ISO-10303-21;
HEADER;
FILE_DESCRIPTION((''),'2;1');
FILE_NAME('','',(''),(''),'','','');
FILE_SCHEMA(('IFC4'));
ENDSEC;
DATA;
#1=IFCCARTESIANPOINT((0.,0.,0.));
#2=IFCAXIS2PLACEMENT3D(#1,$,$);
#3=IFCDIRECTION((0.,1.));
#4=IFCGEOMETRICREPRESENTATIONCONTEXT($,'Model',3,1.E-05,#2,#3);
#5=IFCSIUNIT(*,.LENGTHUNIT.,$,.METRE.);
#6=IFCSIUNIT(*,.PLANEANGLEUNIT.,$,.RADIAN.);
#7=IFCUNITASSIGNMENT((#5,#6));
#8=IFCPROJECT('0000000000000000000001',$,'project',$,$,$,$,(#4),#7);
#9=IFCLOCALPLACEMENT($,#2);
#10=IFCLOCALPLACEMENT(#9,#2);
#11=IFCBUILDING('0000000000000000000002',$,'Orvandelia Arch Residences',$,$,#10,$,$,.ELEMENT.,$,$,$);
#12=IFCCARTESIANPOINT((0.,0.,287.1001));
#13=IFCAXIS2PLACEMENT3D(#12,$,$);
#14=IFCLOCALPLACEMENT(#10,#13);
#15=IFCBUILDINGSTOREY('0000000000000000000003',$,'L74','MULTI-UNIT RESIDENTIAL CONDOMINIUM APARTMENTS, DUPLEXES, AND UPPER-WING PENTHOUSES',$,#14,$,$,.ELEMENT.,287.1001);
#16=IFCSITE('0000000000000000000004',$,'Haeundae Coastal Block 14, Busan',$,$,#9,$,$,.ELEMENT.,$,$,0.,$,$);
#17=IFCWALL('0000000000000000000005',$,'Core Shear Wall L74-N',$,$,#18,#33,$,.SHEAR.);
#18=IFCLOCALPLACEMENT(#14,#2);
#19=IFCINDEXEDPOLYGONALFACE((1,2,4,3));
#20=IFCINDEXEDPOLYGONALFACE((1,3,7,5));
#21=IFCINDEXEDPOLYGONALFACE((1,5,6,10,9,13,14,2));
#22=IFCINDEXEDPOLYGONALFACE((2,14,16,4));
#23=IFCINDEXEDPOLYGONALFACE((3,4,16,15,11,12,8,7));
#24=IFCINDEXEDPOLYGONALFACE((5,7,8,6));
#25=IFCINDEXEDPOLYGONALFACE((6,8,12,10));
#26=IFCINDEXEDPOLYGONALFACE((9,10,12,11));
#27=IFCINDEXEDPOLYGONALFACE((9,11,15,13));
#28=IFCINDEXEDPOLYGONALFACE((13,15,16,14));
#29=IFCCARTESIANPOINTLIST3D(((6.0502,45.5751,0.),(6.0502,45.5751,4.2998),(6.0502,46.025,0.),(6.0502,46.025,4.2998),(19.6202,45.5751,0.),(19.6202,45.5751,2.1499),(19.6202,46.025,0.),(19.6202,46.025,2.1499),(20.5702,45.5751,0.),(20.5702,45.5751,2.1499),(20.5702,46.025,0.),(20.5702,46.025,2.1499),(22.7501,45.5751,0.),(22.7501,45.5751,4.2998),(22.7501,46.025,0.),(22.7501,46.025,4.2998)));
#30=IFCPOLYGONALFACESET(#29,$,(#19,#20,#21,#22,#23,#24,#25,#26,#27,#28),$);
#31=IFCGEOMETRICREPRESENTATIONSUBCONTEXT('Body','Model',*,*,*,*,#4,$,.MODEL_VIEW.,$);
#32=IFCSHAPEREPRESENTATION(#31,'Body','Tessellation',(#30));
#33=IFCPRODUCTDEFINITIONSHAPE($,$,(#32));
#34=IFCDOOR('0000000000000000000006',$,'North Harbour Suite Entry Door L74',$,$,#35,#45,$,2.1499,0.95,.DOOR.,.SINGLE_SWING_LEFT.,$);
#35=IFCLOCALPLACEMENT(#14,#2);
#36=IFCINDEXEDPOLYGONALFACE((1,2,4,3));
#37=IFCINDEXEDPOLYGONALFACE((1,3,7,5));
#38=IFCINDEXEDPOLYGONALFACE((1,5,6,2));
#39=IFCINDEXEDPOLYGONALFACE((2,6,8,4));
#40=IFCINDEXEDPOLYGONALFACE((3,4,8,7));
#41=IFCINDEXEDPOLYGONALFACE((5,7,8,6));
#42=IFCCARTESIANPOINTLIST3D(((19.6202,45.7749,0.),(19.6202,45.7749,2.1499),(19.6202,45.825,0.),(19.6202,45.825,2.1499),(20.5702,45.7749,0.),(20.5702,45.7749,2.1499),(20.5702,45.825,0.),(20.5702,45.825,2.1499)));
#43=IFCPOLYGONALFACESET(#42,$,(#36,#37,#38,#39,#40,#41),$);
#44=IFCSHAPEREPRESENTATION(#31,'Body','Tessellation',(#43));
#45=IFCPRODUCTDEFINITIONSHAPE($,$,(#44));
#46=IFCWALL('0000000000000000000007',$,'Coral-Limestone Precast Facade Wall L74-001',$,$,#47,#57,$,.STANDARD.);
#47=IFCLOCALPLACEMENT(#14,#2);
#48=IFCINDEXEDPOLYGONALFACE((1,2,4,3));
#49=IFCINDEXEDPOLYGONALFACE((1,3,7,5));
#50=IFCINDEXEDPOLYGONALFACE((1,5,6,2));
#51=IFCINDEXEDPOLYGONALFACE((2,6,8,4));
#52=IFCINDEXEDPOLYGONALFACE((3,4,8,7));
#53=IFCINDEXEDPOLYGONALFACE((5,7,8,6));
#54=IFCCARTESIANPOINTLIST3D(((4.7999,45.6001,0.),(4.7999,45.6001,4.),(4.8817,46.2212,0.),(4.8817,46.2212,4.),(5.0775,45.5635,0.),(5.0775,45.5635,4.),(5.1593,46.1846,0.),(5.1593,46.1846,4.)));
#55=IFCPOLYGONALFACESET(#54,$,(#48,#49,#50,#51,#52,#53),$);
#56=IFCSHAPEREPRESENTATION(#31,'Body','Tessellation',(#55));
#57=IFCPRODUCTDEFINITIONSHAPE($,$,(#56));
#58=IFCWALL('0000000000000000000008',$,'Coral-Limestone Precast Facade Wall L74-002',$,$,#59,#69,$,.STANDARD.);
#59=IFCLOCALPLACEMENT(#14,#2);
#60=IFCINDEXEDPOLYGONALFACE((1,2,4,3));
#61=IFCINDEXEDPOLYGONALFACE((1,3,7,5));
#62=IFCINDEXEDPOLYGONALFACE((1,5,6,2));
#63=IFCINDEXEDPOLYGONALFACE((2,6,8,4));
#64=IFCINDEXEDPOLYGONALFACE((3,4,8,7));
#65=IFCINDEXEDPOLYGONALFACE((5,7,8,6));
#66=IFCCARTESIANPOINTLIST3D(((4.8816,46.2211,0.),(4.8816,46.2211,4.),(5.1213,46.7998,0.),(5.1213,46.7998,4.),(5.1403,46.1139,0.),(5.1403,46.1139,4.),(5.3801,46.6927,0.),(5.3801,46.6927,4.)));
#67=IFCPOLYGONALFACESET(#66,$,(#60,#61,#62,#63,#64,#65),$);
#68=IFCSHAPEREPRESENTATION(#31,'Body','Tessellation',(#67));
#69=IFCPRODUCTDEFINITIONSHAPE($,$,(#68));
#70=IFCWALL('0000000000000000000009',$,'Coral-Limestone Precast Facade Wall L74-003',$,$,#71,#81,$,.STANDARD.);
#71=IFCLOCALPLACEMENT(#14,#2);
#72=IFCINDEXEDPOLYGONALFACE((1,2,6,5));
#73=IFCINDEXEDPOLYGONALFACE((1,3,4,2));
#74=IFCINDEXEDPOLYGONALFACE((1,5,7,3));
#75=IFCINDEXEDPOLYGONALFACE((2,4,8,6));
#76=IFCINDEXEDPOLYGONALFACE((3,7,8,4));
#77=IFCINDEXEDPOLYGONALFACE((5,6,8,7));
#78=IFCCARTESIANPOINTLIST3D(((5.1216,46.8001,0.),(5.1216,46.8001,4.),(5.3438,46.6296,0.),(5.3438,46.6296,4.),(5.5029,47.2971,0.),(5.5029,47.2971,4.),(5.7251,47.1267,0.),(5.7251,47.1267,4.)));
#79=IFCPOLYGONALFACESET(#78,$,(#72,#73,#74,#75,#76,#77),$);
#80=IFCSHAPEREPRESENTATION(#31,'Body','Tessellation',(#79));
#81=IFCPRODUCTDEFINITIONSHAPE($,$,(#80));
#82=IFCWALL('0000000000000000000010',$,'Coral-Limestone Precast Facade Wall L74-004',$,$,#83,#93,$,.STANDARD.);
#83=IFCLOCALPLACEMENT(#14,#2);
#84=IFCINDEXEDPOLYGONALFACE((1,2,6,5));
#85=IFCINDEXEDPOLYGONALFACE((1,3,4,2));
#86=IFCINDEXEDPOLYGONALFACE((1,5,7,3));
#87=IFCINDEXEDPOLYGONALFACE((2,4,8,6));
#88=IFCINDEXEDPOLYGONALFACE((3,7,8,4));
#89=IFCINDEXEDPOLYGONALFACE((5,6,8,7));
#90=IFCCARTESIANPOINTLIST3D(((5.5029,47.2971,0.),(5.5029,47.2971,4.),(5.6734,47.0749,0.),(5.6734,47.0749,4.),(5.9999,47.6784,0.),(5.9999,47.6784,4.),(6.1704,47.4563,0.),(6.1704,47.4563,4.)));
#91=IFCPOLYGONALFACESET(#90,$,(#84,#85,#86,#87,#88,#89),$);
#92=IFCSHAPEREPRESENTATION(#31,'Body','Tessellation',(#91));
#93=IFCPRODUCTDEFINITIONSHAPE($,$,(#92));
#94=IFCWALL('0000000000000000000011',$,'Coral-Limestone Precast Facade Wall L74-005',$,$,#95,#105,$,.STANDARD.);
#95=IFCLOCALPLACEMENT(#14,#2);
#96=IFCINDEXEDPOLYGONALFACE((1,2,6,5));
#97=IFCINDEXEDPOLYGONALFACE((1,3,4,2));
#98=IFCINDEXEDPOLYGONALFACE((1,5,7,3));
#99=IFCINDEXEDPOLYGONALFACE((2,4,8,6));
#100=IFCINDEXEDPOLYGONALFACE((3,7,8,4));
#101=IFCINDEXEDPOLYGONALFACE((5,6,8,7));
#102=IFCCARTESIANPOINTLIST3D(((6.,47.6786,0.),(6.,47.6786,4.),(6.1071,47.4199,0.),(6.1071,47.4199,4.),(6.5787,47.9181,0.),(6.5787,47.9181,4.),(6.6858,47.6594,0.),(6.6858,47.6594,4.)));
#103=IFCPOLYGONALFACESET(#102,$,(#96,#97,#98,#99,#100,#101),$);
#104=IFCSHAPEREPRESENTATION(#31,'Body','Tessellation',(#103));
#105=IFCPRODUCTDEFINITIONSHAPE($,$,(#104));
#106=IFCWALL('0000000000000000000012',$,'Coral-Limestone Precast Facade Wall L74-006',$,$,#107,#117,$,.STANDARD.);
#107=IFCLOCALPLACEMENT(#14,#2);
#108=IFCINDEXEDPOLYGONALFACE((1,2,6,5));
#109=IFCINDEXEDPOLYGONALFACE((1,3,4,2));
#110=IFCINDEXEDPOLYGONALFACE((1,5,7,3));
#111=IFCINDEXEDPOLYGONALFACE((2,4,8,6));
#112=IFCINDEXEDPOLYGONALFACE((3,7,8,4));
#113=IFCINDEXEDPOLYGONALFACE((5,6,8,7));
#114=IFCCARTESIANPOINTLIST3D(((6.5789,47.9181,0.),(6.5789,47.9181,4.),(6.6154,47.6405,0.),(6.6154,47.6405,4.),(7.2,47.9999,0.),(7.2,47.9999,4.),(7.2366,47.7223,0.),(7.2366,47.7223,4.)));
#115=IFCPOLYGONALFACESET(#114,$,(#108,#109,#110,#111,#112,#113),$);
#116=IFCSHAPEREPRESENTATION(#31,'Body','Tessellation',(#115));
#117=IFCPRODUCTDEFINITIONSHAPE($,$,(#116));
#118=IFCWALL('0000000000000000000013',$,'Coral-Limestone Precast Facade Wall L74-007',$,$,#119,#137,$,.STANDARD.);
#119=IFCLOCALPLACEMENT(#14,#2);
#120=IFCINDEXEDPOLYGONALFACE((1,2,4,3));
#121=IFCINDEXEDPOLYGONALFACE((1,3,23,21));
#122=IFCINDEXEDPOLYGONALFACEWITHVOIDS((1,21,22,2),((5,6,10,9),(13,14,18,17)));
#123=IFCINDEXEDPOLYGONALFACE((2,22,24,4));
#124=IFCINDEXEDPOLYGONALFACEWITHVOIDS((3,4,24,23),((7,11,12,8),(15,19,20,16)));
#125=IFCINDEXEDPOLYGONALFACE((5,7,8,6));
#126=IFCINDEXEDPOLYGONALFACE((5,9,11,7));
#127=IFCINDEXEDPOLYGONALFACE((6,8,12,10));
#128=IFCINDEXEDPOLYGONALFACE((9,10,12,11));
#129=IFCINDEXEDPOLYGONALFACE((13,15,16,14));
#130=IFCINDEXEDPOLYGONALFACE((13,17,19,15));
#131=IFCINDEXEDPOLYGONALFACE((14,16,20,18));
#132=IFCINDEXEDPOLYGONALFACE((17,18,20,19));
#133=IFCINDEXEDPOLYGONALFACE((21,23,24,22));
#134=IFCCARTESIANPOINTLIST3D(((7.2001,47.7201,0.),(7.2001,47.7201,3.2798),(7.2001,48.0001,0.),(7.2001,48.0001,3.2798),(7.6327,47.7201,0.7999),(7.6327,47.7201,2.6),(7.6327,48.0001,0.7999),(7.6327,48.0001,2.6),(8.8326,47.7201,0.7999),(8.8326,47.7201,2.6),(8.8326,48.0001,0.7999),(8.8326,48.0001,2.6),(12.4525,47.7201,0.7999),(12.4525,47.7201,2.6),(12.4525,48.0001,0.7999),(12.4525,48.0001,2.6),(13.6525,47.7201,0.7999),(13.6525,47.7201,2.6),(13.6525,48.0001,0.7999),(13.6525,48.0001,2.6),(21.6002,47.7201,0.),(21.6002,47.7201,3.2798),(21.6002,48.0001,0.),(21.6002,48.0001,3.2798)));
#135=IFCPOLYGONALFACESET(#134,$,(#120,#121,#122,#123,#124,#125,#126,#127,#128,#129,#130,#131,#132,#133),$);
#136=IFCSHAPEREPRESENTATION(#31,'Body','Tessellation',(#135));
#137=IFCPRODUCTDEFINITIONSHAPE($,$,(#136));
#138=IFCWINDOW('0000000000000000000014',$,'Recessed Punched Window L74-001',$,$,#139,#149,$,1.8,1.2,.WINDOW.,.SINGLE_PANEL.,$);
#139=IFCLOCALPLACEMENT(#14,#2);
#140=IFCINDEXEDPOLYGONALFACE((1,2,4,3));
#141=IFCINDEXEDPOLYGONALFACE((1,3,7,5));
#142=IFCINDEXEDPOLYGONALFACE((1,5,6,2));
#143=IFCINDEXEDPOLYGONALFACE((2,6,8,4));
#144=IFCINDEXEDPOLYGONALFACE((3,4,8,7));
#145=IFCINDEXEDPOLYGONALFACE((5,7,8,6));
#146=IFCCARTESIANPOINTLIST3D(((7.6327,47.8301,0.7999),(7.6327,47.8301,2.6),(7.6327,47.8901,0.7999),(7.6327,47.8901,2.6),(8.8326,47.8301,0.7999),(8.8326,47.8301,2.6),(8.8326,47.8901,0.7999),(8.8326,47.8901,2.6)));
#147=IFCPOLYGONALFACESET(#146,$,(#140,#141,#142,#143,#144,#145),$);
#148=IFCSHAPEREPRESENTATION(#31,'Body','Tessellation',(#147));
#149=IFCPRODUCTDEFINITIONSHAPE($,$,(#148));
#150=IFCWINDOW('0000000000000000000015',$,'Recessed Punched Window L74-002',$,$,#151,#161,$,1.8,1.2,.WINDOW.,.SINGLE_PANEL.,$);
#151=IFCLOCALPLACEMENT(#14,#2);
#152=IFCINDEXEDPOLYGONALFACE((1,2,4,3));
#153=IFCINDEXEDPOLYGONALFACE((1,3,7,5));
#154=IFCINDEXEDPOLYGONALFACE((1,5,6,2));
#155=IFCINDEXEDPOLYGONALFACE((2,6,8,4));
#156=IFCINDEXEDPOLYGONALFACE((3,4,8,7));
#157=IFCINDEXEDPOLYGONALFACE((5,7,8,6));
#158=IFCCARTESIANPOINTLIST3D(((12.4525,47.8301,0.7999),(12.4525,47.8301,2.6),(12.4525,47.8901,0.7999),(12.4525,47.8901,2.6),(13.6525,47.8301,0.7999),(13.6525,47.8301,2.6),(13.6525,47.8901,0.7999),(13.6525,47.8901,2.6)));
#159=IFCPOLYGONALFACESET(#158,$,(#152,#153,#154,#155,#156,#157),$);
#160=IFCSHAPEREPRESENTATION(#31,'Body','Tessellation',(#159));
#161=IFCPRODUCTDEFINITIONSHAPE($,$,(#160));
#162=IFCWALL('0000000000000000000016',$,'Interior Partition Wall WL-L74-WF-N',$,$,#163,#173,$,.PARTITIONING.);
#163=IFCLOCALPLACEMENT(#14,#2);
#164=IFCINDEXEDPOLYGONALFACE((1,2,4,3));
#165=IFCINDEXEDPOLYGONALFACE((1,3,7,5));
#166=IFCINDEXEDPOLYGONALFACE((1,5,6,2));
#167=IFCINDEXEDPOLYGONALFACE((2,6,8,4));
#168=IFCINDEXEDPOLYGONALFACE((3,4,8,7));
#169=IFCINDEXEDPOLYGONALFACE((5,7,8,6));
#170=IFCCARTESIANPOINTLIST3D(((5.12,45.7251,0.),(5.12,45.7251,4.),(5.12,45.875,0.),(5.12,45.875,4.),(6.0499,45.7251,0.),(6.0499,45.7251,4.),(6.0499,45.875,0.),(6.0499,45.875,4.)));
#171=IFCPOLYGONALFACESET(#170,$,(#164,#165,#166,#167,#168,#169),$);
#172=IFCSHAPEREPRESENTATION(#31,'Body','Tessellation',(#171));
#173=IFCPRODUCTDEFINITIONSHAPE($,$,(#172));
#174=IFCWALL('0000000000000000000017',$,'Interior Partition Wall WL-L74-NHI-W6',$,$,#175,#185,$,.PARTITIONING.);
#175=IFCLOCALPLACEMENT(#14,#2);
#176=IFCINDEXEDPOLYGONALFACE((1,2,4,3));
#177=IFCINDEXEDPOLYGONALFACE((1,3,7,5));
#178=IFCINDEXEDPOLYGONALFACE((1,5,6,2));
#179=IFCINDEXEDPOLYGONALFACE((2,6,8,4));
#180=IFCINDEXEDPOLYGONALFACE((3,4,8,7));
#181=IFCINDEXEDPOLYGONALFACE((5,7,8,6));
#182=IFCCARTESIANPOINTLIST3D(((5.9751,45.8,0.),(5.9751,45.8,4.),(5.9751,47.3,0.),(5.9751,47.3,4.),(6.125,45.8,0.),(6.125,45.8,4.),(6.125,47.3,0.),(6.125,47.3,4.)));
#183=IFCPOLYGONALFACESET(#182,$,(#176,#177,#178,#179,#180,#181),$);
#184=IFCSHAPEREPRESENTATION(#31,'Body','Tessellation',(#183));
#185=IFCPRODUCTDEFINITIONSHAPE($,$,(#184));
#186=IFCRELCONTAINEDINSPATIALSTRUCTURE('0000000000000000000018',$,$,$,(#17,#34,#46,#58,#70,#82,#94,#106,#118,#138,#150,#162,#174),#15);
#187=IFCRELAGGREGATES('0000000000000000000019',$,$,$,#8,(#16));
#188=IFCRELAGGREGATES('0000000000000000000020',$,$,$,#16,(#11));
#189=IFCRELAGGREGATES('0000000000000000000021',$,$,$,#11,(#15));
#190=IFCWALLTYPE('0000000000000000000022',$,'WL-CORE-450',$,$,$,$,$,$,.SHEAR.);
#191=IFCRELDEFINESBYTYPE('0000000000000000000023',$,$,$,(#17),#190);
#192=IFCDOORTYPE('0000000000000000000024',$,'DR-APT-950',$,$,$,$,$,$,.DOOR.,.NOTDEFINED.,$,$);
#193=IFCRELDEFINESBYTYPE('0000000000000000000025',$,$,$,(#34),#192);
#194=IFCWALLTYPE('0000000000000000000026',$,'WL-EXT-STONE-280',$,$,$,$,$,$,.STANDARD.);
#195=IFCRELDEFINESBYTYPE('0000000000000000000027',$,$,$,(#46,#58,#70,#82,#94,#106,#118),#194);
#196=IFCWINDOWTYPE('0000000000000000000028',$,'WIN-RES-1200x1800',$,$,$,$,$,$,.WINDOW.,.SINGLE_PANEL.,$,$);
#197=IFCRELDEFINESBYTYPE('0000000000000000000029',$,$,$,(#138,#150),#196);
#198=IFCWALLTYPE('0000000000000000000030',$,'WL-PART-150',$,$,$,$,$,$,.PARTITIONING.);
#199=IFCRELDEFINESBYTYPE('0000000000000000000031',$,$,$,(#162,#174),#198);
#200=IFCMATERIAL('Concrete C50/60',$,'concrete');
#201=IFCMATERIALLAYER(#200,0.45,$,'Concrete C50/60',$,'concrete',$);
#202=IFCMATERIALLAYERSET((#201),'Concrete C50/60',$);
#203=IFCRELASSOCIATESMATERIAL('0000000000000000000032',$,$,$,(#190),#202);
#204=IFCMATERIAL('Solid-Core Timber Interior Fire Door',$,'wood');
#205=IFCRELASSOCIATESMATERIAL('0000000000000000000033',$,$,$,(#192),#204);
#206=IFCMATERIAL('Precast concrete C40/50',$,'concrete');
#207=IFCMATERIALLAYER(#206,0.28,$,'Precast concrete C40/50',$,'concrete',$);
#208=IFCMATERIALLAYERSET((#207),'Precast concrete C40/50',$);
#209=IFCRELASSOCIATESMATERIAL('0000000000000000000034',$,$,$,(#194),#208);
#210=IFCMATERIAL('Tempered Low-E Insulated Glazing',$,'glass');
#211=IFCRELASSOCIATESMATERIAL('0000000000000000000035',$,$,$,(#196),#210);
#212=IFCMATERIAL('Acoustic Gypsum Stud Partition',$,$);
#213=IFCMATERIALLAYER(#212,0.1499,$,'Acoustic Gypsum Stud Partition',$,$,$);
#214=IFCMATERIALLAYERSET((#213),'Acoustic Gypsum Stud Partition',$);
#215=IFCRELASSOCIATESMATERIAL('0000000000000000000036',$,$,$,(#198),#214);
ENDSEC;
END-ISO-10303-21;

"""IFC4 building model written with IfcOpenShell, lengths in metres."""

from ifc_helpers import new_model, si_unit, direction, frame, frame_2d, origin, place, context, subcontext, project, spatial, rectangle, extrude, material, layer, layer_set, type_object, element, fill, save


model = new_model("IFC4")

# Units and contexts
model_context = context("Model", 3, precision=1e-05, world=origin(), true_north=direction((0.0, 1.0)))
body_context = subcontext(model_context, "Body", "Model", "MODEL_VIEW")
ifc_project = project(units=[si_unit("LENGTHUNIT", "METRE"), si_unit("PLANEANGLEUNIT", "RADIAN")], contexts=[model_context])

# Site, building, storey
site_placement = place(None, origin())
site = spatial("IfcSite", under=ifc_project, at=site_placement, Name="Haeundae Coastal Block 14, Busan", CompositionType="ELEMENT", RefElevation=0.0)
building_placement = place(site_placement, origin())
building = spatial("IfcBuilding", under=site, at=building_placement, Name="Orvandelia Arch Residences", CompositionType="ELEMENT")
storey_placement = place(building_placement, frame((0.0, 0.0, 287.1001)))
storey = spatial("IfcBuildingStorey", under=building, at=storey_placement, Name="L74", Description="MULTI-UNIT RESIDENTIAL CONDOMINIUM APARTMENTS, DUPLEXES, AND UPPER-WING PENTHOUSES", CompositionType="ELEMENT", Elevation=287.1001)

# Shared definitions
ifc_material_1 = material(Name="Concrete C50/60", Category="concrete")

# Wall, opening, door
ifc_layer_1 = layer(ifc_material_1, 0.45, Name="Concrete C50/60", Category="concrete")
ifc_layer_set_1 = layer_set([ifc_layer_1], Name="Concrete C50/60")
wall_type_1 = type_object("IfcWallType", Name="WL-CORE-450", PredefinedType="SHEAR", material=ifc_layer_set_1)
wall_1_placement = place(storey_placement, frame((6.05, 45.8, 0.0), z_axis=(0.0, 0.0, 1.0), x_axis=(1.0, 0.0, 0.0)))
wall_1 = element("IfcWall", 1, at=wall_1_placement, inside=storey, type_object=wall_type_1, Name="Core Shear Wall L74-N", PredefinedType="SHEAR", context=body_context, shape_type="SweptSolid", body=[
    extrude(rectangle(XDim=16.7, YDim=0.45, at=frame_2d((8.3501, 0.0))), origin(), (0.0, 0.0, 1.0), 4.2998),
])
opening_1_placement = place(wall_1_placement, frame((13.5701, 0.0, 0.0)))
opening_1 = element("IfcOpeningElement", 2, at=opening_1_placement, cuts=wall_1, PredefinedType="OPENING", context=body_context, shape_type="SweptSolid", body=[
    extrude(rectangle(XDim=0.95, YDim=2.1499, at=frame_2d((0.4751, 1.075))), frame((0.0, 0.2349, 0.0), z_axis=(0.0, -1.0, 0.0), x_axis=(1.0, 0.0, 0.0)), (0.0, 0.0, 1.0), 0.47),
])
ifc_material_2 = material(Name="Solid-Core Timber Interior Fire Door", Category="wood")
door_type_1 = type_object("IfcDoorType", Name="DR-APT-950", OperationType="NOTDEFINED", PredefinedType="DOOR", material=ifc_material_2)
door_1_placement = place(opening_1_placement, origin())
door_1 = element("IfcDoor", 3, at=door_1_placement, inside=storey, type_object=door_type_1, Name="North Harbour Suite Entry Door L74", OperationType="SINGLE_SWING_LEFT", OverallHeight=2.1499, OverallWidth=0.95, PredefinedType="DOOR", context=body_context, shape_type="SweptSolid", body=[
    extrude(rectangle(XDim=0.95, YDim=2.1499, at=frame_2d((0.4751, 1.075))), frame((0.0, 0.0249, 0.0), z_axis=(0.0, -1.0, 0.0), x_axis=(1.0, 0.0, 0.0)), (0.0, 0.0, 1.0), 0.05),
])
fill(opening_1, door_1)

# Walls
ifc_material_3 = material(Name="Precast concrete C40/50", Category="concrete")
ifc_layer_2 = layer(ifc_material_3, 0.28, Name="Precast concrete C40/50", Category="concrete")
ifc_layer_set_2 = layer_set([ifc_layer_2], Name="Precast concrete C40/50")
wall_type_2 = type_object("IfcWallType", Name="WL-EXT-STONE-280", PredefinedType="STANDARD", material=ifc_layer_set_2)
for number, where, z_axis, x_axis, name in (
    (4, (4.9387, 45.5818, 0.0), (0.0, 0.0, 1.0), (0.130555, 0.991441, 0.0), "Coral-Limestone Precast Facade Wall L74-001"),
    (5, (5.011, 46.1675, 0.0), (0.0, 0.0, 1.0), (0.38265, 0.923893, 0.0), "Coral-Limestone Precast Facade Wall L74-002"),
    (6, (5.2327, 46.7148, 0.0), (0.0, 0.0, 1.0), (0.608693, 0.793406, 0.0), "Coral-Limestone Precast Facade Wall L74-003"),
    (7, (5.5881, 47.186, 0.0), (0.0, 0.0, 1.0), (0.793406, 0.608693, 0.0), "Coral-Limestone Precast Facade Wall L74-004"),
):
    element("IfcWall", number, at=place(storey_placement, frame(where, z_axis=z_axis, x_axis=x_axis)), inside=storey, type_object=wall_type_2, Name=name, PredefinedType="STANDARD", context=body_context, shape_type="SweptSolid", body=[
        extrude(rectangle(XDim=0.6265, YDim=0.28, at=frame_2d((0.3132, 0.0))), origin(), (0.0, 0.0, 1.0), 4.0),
    ])
wall_2_placement = place(storey_placement, frame((6.0537, 47.5493, 0.0), z_axis=(0.0, 0.0, 1.0), x_axis=(0.923974, 0.382455, 0.0)))
element("IfcWall", 8, at=wall_2_placement, inside=storey, type_object=wall_type_2, Name="Coral-Limestone Precast Facade Wall L74-005", PredefinedType="STANDARD", context=body_context, shape_type="SweptSolid", body=[
    extrude(rectangle(XDim=0.6262, YDim=0.28, at=frame_2d((0.313, 0.0))), origin(), (0.0, 0.0, 1.0), 4.0),
])
wall_3_placement = place(storey_placement, frame((6.5972, 47.7793, 0.0), z_axis=(0.0, 0.0, 1.0), x_axis=(0.991441, 0.130555, 0.0)))
element("IfcWall", 9, at=wall_3_placement, inside=storey, type_object=wall_type_2, Name="Coral-Limestone Precast Facade Wall L74-006", PredefinedType="STANDARD", context=body_context, shape_type="SweptSolid", body=[
    extrude(rectangle(XDim=0.6265, YDim=0.28, at=frame_2d((0.3132, 0.0))), origin(), (0.0, 0.0, 1.0), 4.0),
])

# Wall, openings, windows
wall_4_placement = place(storey_placement, frame((7.2, 47.8601, 0.0), z_axis=(0.0, 0.0, 1.0), x_axis=(1.0, 0.0, 0.0)))
wall_4 = element("IfcWall", 10, at=wall_4_placement, inside=storey, type_object=wall_type_2, Name="Coral-Limestone Precast Facade Wall L74-007", PredefinedType="STANDARD", context=body_context, shape_type="SweptSolid", body=[
    extrude(rectangle(XDim=14.4001, YDim=0.28, at=frame_2d((7.2002, 0.0))), origin(), (0.0, 0.0, 1.0), 3.2798),
])
opening_2_placement = place(wall_4_placement, frame((0.4326, 0.0, 0.8)))
opening_2 = element("IfcOpeningElement", 11, at=opening_2_placement, cuts=wall_4, PredefinedType="OPENING", context=body_context, shape_type="SweptSolid", body=[
    extrude(rectangle(XDim=1.2, YDim=1.8, at=frame_2d((0.6001, 0.8999))), frame((0.0, 0.1499, 0.0), z_axis=(0.0, -1.0, 0.0), x_axis=(1.0, 0.0, 0.0)), (0.0, 0.0, 1.0), 0.3),
])
opening_3_placement = place(wall_4_placement, frame((5.2524, 0.0, 0.8)))
opening_3 = element("IfcOpeningElement", 12, at=opening_3_placement, cuts=wall_4, PredefinedType="OPENING", context=body_context, shape_type="SweptSolid", body=[
    extrude(rectangle(XDim=1.2, YDim=1.8, at=frame_2d((0.6001, 0.8999))), frame((0.0, 0.1499, 0.0), z_axis=(0.0, -1.0, 0.0), x_axis=(1.0, 0.0, 0.0)), (0.0, 0.0, 1.0), 0.3),
])
ifc_material_4 = material(Name="Tempered Low-E Insulated Glazing", Category="glass")
window_type = type_object("IfcWindowType", Name="WIN-RES-1200x1800", PartitioningType="SINGLE_PANEL", PredefinedType="WINDOW", material=ifc_material_4)
window_1_placement = place(opening_2_placement, origin())
window_1 = element("IfcWindow", 13, at=window_1_placement, inside=storey, type_object=window_type, Name="Recessed Punched Window L74-001", OverallHeight=1.8, OverallWidth=1.2, PartitioningType="SINGLE_PANEL", PredefinedType="WINDOW", context=body_context, shape_type="SweptSolid", body=[
    extrude(rectangle(XDim=1.2, YDim=1.8, at=frame_2d((0.6001, 0.8999))), frame((0.0, 0.03, 0.0), z_axis=(0.0, -1.0, 0.0), x_axis=(1.0, 0.0, 0.0)), (0.0, 0.0, 1.0), 0.0601),
])
fill(opening_2, window_1)
window_2_placement = place(opening_3_placement, origin())
window_2 = element("IfcWindow", 14, at=window_2_placement, inside=storey, type_object=window_type, Name="Recessed Punched Window L74-002", OverallHeight=1.8, OverallWidth=1.2, PartitioningType="SINGLE_PANEL", PredefinedType="WINDOW", context=body_context, shape_type="SweptSolid", body=[
    extrude(rectangle(XDim=1.2, YDim=1.8, at=frame_2d((0.6001, 0.8999))), frame((0.0, 0.03, 0.0), z_axis=(0.0, -1.0, 0.0), x_axis=(1.0, 0.0, 0.0)), (0.0, 0.0, 1.0), 0.0601),
])
fill(opening_3, window_2)

# Walls
ifc_material_5 = material(Name="Acoustic Gypsum Stud Partition")
ifc_layer_3 = layer(ifc_material_5, 0.1499, Name="Acoustic Gypsum Stud Partition")
ifc_layer_set_3 = layer_set([ifc_layer_3], Name="Acoustic Gypsum Stud Partition")
wall_type_3 = type_object("IfcWallType", Name="WL-PART-150", PredefinedType="PARTITIONING", material=ifc_layer_set_3)
wall_5_placement = place(storey_placement, frame((5.1201, 45.8, 0.0), z_axis=(0.0, 0.0, 1.0), x_axis=(1.0, 0.0, 0.0)))
element("IfcWall", 15, at=wall_5_placement, inside=storey, type_object=wall_type_3, Name="Interior Partition Wall WL-L74-WF-N", PredefinedType="PARTITIONING", context=body_context, shape_type="SweptSolid", body=[
    extrude(rectangle(XDim=0.9299, YDim=0.1499, at=frame_2d((0.4648, 0.0))), origin(), (0.0, 0.0, 1.0), 4.0),
])
wall_6_placement = place(storey_placement, frame((6.05, 45.8, 0.0), z_axis=(0.0, 0.0, 1.0), x_axis=(0.0, 1.0, 0.0)))
element("IfcWall", 16, at=wall_6_placement, inside=storey, type_object=wall_type_3, Name="Interior Partition Wall WL-L74-NHI-W6", PredefinedType="PARTITIONING", context=body_context, shape_type="SweptSolid", body=[
    extrude(rectangle(XDim=1.5, YDim=0.1499, at=frame_2d((0.75, 0.0))), origin(), (0.0, 0.0, 1.0), 4.0),
])

save(model, "model.ifc")
